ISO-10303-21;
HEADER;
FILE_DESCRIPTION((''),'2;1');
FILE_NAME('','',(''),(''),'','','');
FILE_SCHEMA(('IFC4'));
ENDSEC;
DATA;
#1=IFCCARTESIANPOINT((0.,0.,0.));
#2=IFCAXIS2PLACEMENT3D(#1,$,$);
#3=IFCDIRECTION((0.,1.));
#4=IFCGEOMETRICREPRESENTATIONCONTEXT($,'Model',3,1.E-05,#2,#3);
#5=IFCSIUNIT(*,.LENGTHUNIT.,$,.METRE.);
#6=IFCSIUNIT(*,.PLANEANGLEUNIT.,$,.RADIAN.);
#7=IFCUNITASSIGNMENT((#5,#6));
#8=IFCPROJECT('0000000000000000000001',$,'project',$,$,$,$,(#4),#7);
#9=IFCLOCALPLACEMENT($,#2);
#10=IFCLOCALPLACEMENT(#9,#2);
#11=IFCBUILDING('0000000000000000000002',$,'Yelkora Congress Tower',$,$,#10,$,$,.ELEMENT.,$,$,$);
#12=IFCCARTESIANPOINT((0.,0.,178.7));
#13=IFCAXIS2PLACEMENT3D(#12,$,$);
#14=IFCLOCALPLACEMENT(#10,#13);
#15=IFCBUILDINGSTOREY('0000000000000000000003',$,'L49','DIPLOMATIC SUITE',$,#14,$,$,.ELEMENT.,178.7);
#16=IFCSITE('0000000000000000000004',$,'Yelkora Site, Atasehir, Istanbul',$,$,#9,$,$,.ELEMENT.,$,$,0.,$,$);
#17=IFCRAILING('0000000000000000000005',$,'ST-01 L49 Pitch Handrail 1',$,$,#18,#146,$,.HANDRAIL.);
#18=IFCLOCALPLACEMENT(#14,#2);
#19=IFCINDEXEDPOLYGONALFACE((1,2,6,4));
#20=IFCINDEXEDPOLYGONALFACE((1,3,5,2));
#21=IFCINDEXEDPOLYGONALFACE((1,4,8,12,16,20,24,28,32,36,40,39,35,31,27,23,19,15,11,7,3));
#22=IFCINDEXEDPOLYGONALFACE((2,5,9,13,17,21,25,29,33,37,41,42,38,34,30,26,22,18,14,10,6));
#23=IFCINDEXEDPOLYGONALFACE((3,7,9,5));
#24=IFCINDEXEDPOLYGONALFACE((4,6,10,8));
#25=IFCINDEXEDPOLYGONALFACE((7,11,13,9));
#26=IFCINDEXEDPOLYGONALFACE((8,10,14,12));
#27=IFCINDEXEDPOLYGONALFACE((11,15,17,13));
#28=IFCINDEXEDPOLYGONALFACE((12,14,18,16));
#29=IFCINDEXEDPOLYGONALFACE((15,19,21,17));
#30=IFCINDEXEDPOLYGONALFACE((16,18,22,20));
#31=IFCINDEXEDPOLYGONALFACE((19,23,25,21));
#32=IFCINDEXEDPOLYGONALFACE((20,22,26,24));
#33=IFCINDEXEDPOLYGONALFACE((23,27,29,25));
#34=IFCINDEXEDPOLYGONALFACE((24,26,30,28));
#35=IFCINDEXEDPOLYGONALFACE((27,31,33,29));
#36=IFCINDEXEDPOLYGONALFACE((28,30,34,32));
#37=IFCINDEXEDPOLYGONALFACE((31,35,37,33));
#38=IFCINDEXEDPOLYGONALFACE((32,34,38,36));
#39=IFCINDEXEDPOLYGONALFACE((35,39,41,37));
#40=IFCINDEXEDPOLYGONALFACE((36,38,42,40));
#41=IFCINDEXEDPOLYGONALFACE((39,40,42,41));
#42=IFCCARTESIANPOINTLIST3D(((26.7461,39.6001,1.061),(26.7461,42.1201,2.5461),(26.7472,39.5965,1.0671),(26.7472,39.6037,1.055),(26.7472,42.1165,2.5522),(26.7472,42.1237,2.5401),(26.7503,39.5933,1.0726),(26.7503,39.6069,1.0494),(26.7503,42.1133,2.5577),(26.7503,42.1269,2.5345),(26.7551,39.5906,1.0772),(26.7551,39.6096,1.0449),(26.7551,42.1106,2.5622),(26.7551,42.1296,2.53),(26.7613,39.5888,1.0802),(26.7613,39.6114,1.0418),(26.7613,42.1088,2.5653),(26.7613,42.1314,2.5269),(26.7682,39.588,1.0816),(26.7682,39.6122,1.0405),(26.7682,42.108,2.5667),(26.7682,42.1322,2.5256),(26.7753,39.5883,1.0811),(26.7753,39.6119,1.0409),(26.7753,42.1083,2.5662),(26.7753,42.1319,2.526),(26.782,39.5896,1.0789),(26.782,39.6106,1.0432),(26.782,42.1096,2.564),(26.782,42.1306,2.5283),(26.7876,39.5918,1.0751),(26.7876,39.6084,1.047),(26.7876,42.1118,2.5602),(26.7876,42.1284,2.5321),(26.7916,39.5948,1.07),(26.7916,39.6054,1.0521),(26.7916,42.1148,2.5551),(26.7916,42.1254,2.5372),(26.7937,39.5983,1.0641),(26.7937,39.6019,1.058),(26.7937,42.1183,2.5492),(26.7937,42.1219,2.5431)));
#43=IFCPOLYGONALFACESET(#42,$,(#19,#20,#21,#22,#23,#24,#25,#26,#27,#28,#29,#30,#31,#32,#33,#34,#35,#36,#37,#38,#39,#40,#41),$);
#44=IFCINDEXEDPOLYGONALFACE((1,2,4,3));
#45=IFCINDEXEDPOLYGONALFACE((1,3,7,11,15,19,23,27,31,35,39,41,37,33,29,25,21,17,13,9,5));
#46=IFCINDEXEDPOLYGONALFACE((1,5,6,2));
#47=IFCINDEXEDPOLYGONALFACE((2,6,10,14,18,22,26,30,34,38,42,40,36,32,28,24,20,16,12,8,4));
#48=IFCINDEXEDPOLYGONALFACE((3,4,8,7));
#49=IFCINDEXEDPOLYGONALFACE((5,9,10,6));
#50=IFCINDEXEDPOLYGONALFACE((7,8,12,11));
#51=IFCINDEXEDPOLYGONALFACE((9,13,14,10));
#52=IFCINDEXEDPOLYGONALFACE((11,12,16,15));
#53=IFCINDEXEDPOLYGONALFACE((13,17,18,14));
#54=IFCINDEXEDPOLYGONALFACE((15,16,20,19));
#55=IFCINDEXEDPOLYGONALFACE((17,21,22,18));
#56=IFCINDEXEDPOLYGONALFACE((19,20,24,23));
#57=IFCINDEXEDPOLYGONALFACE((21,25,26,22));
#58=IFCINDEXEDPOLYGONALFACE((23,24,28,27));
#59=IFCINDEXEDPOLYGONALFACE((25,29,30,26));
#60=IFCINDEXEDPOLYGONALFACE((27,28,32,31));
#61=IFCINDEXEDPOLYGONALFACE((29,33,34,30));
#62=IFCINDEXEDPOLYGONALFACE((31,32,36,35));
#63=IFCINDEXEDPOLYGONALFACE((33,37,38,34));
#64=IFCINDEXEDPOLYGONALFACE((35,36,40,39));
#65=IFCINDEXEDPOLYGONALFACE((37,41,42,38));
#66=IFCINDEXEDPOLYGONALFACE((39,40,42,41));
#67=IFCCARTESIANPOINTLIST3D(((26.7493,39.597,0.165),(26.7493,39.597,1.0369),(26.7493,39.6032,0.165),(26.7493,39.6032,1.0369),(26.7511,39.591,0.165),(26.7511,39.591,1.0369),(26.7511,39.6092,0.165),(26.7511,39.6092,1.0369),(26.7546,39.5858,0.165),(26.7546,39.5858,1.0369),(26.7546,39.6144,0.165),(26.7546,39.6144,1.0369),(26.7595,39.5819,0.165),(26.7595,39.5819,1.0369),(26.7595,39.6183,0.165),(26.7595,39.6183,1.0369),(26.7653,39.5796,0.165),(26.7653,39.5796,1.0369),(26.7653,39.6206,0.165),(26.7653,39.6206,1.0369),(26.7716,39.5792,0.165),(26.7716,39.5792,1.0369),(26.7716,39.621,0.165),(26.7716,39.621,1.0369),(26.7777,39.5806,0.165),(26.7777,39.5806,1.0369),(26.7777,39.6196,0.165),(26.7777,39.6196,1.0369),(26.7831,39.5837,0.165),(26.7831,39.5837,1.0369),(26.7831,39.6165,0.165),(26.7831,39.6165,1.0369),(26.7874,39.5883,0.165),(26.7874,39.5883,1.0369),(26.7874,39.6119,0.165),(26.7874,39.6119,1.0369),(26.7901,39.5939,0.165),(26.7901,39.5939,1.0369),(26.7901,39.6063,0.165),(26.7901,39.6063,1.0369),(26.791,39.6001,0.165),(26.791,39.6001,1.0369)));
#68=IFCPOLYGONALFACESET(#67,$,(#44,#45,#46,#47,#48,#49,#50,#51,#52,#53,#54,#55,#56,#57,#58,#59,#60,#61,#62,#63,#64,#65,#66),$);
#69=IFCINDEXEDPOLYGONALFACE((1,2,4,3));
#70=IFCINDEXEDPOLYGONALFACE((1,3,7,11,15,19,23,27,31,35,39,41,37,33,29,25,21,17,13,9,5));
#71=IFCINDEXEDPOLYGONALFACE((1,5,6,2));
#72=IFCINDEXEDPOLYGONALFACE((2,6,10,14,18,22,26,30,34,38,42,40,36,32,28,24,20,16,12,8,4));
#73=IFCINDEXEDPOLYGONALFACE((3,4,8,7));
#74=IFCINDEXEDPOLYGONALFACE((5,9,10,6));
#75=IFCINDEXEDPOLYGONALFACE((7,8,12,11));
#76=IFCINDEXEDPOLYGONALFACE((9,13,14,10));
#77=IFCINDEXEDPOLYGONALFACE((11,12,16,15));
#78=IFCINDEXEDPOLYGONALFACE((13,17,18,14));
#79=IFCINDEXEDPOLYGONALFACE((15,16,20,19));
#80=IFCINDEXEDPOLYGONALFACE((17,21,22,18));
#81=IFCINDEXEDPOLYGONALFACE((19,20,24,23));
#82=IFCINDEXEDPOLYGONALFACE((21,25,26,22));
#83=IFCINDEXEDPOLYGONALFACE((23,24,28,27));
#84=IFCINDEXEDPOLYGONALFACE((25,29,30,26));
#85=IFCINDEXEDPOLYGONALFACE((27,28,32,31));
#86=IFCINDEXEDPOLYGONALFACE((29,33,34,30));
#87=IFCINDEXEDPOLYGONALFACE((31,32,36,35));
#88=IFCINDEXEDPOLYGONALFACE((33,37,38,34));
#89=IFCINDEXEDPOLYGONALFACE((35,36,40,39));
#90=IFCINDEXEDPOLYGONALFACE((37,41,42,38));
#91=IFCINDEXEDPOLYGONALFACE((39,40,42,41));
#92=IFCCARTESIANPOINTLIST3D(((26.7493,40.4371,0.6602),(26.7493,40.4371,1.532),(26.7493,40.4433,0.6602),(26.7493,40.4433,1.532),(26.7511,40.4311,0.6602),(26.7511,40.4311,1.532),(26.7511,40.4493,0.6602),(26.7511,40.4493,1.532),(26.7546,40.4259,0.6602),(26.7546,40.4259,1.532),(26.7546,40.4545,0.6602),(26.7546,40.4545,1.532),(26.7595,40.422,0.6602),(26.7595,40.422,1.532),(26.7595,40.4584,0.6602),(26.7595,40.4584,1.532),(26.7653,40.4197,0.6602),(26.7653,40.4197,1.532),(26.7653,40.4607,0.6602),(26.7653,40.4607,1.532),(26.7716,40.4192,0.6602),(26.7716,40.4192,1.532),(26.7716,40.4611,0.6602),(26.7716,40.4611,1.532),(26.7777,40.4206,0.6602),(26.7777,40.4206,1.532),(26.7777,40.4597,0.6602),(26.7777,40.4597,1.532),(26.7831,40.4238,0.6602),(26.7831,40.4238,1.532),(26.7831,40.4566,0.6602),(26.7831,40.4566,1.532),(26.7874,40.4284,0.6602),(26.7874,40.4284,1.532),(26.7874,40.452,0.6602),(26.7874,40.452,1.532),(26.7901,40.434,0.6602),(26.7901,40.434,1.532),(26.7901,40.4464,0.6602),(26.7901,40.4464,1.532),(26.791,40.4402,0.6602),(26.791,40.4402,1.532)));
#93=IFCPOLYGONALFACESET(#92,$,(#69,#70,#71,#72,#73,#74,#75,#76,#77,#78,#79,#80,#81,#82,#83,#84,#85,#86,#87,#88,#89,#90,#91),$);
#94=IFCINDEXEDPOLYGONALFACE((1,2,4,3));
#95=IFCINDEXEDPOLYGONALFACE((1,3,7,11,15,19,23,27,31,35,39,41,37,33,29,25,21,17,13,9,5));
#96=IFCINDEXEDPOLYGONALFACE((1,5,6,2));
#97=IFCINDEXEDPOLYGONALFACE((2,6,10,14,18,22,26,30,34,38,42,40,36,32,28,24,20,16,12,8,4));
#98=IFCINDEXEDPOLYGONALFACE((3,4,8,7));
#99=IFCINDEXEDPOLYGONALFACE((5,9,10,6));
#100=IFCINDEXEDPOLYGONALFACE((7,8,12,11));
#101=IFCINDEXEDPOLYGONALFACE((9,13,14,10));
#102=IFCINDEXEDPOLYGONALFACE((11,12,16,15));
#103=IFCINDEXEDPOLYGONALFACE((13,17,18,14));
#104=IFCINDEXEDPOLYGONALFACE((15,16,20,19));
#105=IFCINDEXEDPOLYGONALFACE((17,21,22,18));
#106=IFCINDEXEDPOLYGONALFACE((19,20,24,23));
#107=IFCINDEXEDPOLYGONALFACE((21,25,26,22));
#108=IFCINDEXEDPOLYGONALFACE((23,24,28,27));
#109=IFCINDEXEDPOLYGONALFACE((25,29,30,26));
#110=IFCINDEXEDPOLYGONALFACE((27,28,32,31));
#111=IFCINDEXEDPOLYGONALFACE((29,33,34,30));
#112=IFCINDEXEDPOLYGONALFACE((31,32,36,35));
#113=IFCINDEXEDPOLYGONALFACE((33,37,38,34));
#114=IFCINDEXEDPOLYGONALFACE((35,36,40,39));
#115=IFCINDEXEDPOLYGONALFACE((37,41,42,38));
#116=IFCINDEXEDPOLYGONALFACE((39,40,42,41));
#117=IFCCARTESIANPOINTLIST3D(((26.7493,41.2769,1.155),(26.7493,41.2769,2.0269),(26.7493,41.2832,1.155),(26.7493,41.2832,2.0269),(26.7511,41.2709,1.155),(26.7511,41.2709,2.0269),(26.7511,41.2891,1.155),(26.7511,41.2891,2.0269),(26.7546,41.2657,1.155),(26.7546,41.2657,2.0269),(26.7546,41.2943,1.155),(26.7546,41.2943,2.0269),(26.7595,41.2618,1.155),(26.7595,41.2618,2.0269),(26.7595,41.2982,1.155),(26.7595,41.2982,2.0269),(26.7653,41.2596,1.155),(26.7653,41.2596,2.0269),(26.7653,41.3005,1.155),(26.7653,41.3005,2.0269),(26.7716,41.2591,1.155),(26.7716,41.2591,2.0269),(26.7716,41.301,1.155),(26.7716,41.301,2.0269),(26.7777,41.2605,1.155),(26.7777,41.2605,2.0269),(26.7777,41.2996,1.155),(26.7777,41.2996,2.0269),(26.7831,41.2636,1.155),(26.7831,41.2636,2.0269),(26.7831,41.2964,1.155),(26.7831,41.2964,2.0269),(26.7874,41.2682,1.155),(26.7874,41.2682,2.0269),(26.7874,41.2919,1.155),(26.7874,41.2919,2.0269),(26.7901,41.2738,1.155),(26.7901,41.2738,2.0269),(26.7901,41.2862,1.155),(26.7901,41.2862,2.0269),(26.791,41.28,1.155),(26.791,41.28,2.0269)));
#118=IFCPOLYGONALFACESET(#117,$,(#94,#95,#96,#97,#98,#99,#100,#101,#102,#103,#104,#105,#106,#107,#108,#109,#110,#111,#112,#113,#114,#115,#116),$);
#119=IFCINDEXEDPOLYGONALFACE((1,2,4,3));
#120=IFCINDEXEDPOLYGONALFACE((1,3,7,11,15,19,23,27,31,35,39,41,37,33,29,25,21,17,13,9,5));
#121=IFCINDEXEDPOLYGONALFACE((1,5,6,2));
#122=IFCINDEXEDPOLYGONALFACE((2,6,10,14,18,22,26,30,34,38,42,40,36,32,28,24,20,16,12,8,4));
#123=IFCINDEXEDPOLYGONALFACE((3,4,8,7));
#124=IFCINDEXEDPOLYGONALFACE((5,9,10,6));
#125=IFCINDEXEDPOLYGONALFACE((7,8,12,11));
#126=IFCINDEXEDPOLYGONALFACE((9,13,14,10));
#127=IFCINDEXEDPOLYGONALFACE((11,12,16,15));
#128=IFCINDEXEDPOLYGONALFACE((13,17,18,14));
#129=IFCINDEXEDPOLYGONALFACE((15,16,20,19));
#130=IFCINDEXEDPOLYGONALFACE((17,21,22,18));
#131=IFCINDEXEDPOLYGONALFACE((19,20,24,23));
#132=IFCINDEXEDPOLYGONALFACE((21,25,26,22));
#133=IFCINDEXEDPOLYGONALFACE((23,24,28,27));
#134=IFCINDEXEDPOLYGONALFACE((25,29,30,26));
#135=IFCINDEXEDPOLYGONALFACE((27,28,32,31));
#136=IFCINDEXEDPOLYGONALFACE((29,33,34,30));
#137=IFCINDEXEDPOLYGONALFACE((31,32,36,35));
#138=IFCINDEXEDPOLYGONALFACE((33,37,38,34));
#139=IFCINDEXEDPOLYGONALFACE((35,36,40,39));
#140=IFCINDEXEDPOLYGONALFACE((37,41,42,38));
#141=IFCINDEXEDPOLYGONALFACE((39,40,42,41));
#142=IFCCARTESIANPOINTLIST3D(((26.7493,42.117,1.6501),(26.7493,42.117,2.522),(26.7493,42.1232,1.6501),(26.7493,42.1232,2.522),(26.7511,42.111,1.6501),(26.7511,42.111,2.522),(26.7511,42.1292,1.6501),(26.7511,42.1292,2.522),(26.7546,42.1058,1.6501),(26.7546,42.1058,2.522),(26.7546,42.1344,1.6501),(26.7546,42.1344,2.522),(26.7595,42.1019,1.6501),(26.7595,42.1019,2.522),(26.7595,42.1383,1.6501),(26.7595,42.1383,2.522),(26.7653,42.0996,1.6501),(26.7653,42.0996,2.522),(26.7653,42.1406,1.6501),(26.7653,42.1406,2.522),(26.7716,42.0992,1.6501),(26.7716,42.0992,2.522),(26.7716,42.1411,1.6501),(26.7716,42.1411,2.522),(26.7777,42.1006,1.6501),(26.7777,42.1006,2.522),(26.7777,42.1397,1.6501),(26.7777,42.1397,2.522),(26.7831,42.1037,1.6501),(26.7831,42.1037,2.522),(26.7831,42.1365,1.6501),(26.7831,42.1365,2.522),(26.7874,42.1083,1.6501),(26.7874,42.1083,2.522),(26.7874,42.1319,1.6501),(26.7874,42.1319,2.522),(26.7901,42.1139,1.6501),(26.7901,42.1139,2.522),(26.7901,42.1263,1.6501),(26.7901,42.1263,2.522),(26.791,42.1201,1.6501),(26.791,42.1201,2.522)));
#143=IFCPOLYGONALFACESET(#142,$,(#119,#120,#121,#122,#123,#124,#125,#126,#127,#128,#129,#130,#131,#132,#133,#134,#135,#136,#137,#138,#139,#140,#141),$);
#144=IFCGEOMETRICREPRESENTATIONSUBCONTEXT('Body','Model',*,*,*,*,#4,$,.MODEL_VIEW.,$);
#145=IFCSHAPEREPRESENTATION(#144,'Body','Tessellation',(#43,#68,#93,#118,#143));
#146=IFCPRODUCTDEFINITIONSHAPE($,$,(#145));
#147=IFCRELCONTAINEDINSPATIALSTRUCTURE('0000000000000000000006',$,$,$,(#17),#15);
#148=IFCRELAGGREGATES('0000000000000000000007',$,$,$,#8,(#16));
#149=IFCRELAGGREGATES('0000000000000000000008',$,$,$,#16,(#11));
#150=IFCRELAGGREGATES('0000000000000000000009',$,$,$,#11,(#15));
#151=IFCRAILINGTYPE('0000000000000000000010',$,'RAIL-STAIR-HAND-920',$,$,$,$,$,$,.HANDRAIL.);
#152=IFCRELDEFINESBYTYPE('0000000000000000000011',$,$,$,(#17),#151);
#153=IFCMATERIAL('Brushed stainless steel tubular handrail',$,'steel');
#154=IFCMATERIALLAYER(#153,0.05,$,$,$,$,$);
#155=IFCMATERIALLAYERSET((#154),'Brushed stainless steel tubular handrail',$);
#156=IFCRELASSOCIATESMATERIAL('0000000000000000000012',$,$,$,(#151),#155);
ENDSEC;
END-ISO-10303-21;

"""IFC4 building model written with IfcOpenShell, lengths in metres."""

from ifc_helpers import new_model, si_unit, direction, frame, origin, origin_2d, place, context, subcontext, project, spatial, circle, extrude, material, layer, layer_set, type_object, element, save


model = new_model("IFC4")

# Units and contexts
model_context = context("Model", 3, precision=1e-05, world=origin(), true_north=direction((0.0, 1.0)))
body_context = subcontext(model_context, "Body", "Model", "MODEL_VIEW")
ifc_project = project(units=[si_unit("LENGTHUNIT", "METRE"), si_unit("PLANEANGLEUNIT", "RADIAN")], contexts=[model_context])

# Site, building, storey
site_placement = place(None, origin())
site = spatial("IfcSite", under=ifc_project, at=site_placement, Name="Yelkora Site, Atasehir, Istanbul", CompositionType="ELEMENT", RefElevation=0.0)
building_placement = place(site_placement, origin())
building = spatial("IfcBuilding", under=site, at=building_placement, Name="Yelkora Congress Tower", CompositionType="ELEMENT")
storey_placement = place(building_placement, frame((0.0, 0.0, 178.7)))
storey = spatial("IfcBuildingStorey", under=building, at=storey_placement, Name="L49", Description="DIPLOMATIC SUITE", CompositionType="ELEMENT", Elevation=178.7)

# Railing
ifc_material_1 = material(Name="Brushed stainless steel tubular handrail", Category="steel")
ifc_layer_1 = layer(ifc_material_1, 0.05)
ifc_layer_set_1 = layer_set([ifc_layer_1], Name="Brushed stainless steel tubular handrail")
railing_type_1 = type_object("IfcRailingType", Name="RAIL-STAIR-HAND-920", PredefinedType="HANDRAIL", material=ifc_layer_set_1)
railing_1_placement = place(storey_placement, frame((26.77, 39.6001, 0.165)))
element("IfcRailing", 1, at=railing_1_placement, inside=storey, type_object=railing_type_1, Name="ST-01 L49 Pitch Handrail 1", PredefinedType="HANDRAIL", context=body_context, shape_type="SweptSolid", body=[
    extrude(circle(Radius=0.0239, at=origin_2d()), frame((0.0, 0.0, 0.896), z_axis=(0.0, 0.861524, 0.507717), x_axis=(-1.0, 0.0, 0.0)), (0.0, 0.0, 1.0), 2.925),
    extrude(circle(Radius=0.021, at=origin_2d()), origin(), (0.0, 0.0, 1.0), 0.8718),
    extrude(circle(Radius=0.021, at=origin_2d()), frame((0.0, 0.8401, 0.4951)), (0.0, 0.0, 1.0), 0.8718),
    extrude(circle(Radius=0.021, at=origin_2d()), frame((0.0, 1.6799, 0.99)), (0.0, 0.0, 1.0), 0.8718),
    extrude(circle(Radius=0.021, at=origin_2d()), frame((0.0, 2.52, 1.4851)), (0.0, 0.0, 1.0), 0.8718),
])

save(model, "model.ifc")
